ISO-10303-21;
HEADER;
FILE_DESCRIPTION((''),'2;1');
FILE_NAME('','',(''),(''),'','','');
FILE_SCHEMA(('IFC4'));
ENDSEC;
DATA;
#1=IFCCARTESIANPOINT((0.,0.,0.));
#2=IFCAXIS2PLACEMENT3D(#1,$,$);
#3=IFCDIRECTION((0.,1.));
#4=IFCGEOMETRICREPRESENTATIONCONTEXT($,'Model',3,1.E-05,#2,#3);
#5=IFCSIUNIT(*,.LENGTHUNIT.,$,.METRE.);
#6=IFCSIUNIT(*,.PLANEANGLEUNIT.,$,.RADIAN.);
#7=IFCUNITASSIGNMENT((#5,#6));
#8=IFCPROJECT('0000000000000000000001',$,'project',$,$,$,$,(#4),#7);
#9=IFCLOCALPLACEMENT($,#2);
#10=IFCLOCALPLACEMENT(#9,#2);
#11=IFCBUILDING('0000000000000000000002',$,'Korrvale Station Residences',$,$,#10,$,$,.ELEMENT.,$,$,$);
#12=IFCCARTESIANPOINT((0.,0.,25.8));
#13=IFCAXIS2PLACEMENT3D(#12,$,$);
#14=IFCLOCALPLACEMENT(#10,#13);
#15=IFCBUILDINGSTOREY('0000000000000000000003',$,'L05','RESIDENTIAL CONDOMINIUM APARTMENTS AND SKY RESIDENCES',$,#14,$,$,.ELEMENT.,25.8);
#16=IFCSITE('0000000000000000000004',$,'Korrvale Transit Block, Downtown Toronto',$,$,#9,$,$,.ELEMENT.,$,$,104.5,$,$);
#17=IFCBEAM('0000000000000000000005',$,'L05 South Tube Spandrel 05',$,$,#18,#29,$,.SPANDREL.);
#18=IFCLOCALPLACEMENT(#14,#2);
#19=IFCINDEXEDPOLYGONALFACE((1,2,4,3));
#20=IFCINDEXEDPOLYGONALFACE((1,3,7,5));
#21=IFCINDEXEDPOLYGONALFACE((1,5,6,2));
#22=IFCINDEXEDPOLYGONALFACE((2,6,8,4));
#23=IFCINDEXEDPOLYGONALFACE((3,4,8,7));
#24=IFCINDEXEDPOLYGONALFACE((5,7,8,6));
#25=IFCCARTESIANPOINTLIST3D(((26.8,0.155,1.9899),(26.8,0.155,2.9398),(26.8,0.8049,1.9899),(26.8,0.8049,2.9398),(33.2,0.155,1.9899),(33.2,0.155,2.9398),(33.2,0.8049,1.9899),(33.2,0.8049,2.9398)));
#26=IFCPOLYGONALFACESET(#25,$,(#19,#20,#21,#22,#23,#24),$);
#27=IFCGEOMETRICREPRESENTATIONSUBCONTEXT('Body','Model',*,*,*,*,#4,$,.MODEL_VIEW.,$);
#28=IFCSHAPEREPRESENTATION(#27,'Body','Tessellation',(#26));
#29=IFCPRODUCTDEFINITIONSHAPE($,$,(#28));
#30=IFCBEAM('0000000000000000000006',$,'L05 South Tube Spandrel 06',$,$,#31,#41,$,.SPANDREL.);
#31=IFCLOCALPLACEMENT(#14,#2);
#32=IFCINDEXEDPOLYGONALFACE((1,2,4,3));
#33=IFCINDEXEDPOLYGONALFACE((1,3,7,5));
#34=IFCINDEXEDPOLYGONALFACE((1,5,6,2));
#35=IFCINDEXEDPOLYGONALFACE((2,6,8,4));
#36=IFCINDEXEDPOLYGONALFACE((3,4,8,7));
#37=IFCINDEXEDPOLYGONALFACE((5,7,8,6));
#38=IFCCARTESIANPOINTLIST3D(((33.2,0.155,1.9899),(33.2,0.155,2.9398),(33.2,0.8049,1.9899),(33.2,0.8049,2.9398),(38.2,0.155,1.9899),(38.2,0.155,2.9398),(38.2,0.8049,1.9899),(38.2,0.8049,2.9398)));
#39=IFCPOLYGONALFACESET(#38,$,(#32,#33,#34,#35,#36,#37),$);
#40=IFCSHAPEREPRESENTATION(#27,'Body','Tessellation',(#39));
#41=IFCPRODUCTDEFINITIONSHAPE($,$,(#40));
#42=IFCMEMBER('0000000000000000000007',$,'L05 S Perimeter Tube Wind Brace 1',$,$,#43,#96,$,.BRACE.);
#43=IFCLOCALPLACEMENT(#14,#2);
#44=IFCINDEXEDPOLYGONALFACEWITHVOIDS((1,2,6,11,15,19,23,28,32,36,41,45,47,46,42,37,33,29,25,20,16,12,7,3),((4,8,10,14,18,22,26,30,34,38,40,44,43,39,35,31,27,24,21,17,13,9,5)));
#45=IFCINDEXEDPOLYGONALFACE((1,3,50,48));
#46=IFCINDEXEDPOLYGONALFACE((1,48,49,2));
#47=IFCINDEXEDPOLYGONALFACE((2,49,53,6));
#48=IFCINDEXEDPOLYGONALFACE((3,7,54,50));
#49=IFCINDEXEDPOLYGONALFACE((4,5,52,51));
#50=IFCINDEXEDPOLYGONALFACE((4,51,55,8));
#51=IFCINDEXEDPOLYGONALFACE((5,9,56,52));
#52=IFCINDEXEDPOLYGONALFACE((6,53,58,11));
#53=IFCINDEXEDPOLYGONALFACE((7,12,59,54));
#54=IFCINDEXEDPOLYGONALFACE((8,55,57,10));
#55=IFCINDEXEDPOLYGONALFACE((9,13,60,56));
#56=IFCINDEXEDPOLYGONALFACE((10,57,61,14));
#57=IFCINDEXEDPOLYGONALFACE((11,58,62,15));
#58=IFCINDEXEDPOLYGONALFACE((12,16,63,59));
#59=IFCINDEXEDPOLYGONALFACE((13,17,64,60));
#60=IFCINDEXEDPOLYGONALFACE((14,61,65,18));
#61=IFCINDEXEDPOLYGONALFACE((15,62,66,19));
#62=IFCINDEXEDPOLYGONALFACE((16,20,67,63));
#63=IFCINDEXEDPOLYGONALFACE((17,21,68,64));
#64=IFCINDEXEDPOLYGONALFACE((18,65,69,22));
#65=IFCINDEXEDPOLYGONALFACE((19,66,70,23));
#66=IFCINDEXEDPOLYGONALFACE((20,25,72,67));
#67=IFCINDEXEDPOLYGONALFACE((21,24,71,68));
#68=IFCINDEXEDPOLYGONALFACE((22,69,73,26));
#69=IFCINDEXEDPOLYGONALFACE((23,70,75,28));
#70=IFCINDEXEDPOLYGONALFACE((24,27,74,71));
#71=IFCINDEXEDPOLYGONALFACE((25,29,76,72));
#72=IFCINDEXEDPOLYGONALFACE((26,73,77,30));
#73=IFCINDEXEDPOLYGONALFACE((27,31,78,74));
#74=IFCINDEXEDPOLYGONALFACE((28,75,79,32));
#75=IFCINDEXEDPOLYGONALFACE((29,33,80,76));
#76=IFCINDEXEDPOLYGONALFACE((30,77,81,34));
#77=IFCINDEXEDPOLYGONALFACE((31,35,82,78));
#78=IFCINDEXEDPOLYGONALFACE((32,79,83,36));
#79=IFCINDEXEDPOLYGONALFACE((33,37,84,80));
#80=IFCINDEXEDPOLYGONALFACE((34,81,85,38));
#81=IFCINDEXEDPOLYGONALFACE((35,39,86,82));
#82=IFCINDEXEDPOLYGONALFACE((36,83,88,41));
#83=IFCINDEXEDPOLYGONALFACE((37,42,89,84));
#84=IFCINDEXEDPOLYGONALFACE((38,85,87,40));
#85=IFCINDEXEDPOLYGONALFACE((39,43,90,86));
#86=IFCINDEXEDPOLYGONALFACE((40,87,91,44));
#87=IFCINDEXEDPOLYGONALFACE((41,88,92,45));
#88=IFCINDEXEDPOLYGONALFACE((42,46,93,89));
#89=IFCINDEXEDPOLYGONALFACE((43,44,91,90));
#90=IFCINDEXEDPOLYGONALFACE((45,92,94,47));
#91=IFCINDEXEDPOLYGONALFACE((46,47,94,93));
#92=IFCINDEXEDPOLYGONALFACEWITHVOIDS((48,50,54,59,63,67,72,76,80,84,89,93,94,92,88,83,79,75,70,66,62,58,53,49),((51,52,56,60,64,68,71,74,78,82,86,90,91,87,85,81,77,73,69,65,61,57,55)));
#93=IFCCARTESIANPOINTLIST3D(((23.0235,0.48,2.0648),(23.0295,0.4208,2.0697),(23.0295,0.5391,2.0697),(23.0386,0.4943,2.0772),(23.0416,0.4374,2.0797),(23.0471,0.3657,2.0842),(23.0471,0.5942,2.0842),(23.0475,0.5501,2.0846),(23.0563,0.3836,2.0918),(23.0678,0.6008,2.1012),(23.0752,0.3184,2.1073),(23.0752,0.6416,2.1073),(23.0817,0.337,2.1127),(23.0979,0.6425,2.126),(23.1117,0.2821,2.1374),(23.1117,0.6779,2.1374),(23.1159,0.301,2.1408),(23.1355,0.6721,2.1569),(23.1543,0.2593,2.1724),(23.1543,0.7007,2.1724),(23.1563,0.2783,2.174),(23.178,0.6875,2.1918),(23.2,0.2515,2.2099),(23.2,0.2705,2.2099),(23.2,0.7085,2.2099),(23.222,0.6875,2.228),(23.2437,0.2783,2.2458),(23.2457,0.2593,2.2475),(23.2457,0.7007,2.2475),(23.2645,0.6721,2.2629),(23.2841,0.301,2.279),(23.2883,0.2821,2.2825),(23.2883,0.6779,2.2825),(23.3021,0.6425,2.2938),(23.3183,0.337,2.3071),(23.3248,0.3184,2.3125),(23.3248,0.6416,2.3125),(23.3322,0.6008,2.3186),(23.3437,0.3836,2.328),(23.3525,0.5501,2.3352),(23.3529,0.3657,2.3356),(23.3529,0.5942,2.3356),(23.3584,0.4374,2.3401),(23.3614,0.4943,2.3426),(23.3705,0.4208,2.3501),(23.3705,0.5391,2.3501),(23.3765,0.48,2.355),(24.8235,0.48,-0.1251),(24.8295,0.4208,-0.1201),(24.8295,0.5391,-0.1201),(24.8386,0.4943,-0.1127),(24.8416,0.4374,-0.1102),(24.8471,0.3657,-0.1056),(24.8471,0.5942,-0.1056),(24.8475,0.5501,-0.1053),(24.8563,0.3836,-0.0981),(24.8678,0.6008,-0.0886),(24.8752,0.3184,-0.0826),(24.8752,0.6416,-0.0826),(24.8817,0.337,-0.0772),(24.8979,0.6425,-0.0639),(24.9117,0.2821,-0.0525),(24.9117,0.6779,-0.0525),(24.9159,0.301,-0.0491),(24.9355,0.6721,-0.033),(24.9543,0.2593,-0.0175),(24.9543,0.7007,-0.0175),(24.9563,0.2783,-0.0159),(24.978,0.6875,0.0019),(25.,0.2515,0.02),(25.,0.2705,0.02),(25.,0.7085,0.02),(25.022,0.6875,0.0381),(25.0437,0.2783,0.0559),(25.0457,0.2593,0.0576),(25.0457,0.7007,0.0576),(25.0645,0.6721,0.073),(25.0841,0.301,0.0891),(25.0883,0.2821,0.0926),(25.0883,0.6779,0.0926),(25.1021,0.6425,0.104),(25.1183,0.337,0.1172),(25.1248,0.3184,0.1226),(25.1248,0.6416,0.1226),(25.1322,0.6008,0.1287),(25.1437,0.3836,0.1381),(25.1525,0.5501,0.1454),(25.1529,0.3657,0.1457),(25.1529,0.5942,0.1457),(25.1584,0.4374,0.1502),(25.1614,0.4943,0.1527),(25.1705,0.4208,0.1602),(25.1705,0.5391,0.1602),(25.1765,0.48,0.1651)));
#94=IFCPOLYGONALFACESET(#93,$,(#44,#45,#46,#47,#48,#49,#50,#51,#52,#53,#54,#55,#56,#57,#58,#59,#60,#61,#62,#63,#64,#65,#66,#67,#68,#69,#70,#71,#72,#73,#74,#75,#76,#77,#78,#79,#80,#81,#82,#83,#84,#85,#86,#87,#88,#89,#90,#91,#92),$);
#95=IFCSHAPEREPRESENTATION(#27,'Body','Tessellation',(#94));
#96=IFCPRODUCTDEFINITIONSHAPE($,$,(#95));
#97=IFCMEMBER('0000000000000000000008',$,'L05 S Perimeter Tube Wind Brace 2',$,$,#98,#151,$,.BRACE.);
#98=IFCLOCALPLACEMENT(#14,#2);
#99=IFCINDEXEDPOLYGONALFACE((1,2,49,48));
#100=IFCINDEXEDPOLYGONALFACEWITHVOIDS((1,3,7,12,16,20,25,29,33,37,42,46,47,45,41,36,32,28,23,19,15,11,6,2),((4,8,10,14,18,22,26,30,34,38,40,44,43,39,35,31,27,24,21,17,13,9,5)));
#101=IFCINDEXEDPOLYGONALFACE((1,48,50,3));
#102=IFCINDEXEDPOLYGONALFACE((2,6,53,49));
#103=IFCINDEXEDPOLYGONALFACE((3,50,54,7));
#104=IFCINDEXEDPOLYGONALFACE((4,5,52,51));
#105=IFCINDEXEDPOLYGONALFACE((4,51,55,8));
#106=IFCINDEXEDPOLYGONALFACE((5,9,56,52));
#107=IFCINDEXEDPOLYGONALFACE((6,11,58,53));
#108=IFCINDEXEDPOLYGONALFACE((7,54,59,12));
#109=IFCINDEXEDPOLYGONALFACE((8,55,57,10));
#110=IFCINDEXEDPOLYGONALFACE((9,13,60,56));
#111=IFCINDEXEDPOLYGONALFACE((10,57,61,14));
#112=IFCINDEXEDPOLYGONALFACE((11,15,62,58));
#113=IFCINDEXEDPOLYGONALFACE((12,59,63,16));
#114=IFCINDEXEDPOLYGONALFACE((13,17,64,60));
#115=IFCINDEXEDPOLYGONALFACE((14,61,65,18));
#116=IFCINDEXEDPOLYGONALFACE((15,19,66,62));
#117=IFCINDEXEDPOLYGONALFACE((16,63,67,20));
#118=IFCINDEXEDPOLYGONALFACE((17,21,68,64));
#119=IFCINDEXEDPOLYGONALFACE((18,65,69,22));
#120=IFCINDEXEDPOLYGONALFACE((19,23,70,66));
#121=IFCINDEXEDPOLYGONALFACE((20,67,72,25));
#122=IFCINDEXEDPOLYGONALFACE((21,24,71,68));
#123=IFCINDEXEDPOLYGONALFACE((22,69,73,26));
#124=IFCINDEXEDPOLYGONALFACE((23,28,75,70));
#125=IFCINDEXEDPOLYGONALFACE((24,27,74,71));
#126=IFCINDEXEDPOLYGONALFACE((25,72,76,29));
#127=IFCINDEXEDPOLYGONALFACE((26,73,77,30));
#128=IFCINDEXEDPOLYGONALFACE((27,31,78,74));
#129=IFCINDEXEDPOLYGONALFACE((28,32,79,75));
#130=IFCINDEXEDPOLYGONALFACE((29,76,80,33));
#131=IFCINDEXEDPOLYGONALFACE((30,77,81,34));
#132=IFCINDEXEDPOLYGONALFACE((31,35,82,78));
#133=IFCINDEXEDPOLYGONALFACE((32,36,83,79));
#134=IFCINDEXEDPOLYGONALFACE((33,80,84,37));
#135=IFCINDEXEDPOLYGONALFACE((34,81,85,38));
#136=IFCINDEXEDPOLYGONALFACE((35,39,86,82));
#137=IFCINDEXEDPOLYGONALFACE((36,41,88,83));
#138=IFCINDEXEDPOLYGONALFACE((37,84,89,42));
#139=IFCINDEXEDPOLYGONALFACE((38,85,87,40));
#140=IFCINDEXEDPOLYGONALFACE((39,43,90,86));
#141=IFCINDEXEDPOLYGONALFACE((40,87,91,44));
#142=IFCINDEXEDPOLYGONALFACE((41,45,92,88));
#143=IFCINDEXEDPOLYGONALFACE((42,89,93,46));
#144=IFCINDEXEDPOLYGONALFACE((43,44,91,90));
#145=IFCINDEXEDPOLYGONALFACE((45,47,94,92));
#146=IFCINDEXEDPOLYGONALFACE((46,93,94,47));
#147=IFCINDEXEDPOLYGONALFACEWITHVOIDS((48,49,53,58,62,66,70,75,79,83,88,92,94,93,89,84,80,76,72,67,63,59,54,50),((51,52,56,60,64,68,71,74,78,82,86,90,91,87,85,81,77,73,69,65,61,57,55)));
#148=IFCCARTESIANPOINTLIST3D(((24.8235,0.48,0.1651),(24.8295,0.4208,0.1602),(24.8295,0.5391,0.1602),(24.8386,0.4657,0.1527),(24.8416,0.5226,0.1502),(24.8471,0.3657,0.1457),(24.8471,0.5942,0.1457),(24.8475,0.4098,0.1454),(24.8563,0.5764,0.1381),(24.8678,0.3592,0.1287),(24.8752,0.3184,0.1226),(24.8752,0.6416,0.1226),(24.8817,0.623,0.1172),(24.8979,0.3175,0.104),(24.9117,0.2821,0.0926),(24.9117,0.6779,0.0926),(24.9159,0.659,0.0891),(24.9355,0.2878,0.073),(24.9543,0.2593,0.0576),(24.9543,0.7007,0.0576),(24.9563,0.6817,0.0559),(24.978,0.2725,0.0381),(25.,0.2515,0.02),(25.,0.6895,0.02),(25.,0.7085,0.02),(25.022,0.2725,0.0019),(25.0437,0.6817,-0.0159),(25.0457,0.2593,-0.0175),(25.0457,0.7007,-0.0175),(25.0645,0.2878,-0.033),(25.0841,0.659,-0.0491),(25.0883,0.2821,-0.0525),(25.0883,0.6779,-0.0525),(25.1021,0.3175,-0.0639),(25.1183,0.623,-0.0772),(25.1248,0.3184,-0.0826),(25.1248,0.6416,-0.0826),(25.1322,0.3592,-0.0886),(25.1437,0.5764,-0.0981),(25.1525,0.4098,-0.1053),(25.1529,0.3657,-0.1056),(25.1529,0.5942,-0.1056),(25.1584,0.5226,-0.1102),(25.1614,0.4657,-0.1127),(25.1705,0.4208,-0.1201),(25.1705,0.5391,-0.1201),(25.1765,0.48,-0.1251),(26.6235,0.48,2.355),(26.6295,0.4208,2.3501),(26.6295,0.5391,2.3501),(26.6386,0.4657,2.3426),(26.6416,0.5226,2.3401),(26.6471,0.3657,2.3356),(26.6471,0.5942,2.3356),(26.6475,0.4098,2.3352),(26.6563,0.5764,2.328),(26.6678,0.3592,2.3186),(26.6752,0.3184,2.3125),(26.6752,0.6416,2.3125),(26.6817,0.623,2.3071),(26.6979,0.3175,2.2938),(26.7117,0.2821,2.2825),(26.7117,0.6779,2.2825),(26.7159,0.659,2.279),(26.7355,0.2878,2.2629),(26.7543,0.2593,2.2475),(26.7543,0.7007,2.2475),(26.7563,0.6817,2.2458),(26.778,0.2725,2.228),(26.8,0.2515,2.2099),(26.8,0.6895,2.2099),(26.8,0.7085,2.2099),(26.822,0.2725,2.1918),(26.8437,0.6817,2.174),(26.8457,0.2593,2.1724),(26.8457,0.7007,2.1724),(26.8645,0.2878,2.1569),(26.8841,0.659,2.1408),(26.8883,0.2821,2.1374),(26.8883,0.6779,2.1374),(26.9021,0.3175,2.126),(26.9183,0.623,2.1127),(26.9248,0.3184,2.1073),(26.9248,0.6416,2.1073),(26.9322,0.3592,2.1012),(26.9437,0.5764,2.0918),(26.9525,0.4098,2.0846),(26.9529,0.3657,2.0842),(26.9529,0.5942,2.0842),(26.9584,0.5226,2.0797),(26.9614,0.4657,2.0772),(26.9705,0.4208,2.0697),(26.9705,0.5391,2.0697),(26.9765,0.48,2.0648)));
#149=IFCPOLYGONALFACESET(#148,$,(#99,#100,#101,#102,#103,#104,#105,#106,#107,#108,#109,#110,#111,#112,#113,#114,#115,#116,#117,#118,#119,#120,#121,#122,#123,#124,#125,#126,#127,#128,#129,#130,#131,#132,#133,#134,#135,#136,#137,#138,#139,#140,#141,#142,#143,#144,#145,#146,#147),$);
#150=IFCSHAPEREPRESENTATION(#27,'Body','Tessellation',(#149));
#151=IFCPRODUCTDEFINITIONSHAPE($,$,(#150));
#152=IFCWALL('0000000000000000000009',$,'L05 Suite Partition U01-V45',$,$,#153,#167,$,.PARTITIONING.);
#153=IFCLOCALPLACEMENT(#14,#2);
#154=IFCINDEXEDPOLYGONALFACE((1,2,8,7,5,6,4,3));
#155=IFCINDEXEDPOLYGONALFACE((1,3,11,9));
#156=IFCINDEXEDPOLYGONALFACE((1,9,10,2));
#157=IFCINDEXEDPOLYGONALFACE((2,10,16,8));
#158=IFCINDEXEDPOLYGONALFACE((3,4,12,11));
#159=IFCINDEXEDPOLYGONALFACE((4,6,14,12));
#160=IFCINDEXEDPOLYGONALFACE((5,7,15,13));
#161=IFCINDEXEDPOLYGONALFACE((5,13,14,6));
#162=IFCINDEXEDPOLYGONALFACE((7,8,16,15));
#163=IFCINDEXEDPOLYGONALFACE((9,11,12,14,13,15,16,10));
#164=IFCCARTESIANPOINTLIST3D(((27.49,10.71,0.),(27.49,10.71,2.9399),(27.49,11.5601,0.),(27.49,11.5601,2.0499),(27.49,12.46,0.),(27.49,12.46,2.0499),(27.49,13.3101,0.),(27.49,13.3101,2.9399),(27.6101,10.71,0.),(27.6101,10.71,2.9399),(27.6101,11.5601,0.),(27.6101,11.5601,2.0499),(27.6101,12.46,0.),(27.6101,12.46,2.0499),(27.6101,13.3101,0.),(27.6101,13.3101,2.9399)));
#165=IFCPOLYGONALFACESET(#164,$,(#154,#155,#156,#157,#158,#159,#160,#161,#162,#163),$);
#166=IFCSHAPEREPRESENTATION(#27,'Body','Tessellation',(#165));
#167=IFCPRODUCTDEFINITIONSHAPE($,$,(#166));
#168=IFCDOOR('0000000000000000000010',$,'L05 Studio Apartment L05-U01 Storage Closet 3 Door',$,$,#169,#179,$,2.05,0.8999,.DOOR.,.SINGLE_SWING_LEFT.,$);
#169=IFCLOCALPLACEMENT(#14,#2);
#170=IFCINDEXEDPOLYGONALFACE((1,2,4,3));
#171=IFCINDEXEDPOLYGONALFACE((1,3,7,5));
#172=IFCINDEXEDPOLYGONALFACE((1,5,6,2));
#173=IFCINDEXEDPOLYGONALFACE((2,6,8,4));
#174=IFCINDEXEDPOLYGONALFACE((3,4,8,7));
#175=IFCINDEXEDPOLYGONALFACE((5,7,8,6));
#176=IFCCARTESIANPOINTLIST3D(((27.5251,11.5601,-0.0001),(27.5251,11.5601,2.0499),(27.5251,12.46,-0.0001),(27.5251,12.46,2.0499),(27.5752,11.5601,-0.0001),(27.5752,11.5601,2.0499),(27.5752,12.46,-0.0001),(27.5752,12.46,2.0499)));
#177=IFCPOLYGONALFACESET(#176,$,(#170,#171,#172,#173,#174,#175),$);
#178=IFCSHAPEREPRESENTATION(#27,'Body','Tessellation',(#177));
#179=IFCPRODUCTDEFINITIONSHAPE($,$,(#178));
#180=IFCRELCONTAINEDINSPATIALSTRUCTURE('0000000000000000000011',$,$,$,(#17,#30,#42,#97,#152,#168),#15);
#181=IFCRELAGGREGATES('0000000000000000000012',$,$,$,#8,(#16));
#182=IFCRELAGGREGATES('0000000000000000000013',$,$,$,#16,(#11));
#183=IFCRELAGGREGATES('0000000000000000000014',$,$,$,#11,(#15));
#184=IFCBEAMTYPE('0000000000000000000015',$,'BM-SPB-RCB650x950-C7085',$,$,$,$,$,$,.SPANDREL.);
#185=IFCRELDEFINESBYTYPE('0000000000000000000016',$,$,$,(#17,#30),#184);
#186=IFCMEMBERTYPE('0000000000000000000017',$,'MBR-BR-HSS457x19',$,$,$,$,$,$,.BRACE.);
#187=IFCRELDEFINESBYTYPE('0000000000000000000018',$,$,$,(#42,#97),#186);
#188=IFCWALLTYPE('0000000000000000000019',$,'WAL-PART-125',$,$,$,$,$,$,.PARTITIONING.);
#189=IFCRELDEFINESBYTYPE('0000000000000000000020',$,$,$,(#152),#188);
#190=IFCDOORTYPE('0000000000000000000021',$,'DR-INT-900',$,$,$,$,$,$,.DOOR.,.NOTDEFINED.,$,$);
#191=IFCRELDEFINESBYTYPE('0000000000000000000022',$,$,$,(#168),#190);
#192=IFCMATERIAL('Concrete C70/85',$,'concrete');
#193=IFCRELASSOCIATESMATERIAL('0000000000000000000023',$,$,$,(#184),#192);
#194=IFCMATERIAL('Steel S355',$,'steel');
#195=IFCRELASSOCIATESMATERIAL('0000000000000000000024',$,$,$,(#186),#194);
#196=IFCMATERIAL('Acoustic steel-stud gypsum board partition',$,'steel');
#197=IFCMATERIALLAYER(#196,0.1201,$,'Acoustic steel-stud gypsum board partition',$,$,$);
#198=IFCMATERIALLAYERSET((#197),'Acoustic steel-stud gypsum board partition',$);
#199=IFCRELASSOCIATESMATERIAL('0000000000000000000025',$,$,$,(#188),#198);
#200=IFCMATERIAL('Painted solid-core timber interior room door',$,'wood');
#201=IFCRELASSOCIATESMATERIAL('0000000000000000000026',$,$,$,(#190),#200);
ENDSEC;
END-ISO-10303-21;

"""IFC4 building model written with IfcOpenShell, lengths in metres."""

from ifc_helpers import new_model, si_unit, direction, frame, frame_2d, origin, origin_2d, place, context, subcontext, project, spatial, rectangle, hollow_circle, extrude, material, layer, layer_set, material_profile, profile_set, type_object, element, fill, save


model = new_model("IFC4")

# Units and contexts
model_context = context("Model", 3, precision=1e-05, world=origin(), true_north=direction((0.0, 1.0)))
body_context = subcontext(model_context, "Body", "Model", "MODEL_VIEW")
ifc_project = project(units=[si_unit("LENGTHUNIT", "METRE"), si_unit("PLANEANGLEUNIT", "RADIAN")], contexts=[model_context])

# Site, building, storey
site_placement = place(None, origin())
site = spatial("IfcSite", under=ifc_project, at=site_placement, Name="Korrvale Transit Block, Downtown Toronto", CompositionType="ELEMENT", RefElevation=104.5)
building_placement = place(site_placement, origin())
building = spatial("IfcBuilding", under=site, at=building_placement, Name="Korrvale Station Residences", CompositionType="ELEMENT")
storey_placement = place(building_placement, frame((0.0, 0.0, 25.8)))
storey = spatial("IfcBuildingStorey", under=building, at=storey_placement, Name="L05", Description="RESIDENTIAL CONDOMINIUM APARTMENTS AND SKY RESIDENCES", CompositionType="ELEMENT", Elevation=25.8)

# Shared definitions
ifc_material_1 = material(Name="Concrete C70/85", Category="concrete")

# Beams
ifc_material_2 = material(Name="Steel S355", Category="steel")
ifc_material_profile_1 = material_profile(ifc_material_1, rectangle(XDim=0.6499, YDim=0.95, at=origin_2d()), Name="RCB650x950")
ifc_profile_set_1 = profile_set([ifc_material_profile_1], Name="Concrete C70/85")
beam_type_1 = type_object("IfcBeamType", Name="BM-SPB-RCB650x950-C7085", PredefinedType="SPANDREL", material=ifc_profile_set_1)
beam_1_placement = place(storey_placement, frame((26.8, 0.48, 2.4648), z_axis=(1.0, 0.0, 0.0), x_axis=(0.0, 1.0, 0.0)))
element("IfcBeam", 1, at=beam_1_placement, inside=storey, type_object=beam_type_1, Name="L05 South Tube Spandrel 05", PredefinedType="SPANDREL", context=body_context, shape_type="SweptSolid", body=[
    extrude(rectangle(XDim=0.6499, YDim=0.95, at=origin_2d()), origin(), (0.0, 0.0, 1.0), 6.3999),
])
beam_2_placement = place(storey_placement, frame((33.2, 0.48, 2.4648), z_axis=(1.0, 0.0, 0.0), x_axis=(0.0, 1.0, 0.0)))
element("IfcBeam", 2, at=beam_2_placement, inside=storey, type_object=beam_type_1, Name="L05 South Tube Spandrel 06", PredefinedType="SPANDREL", context=body_context, shape_type="SweptSolid", body=[
    extrude(rectangle(XDim=0.6499, YDim=0.95, at=origin_2d()), origin(), (0.0, 0.0, 1.0), 5.0),
])

# Members
ifc_material_profile_2 = material_profile(ifc_material_2, hollow_circle(Radius=0.2285, WallThickness=0.019, at=origin_2d()), Name="HSS457x19")
ifc_profile_set_2 = profile_set([ifc_material_profile_2], Name="Steel S355")
member_type = type_object("IfcMemberType", Name="MBR-BR-HSS457x19", PredefinedType="BRACE", material=ifc_profile_set_2)
for number, where, z_axis, x_axis, name in (
    (3, (25.0, 0.48, 0.02), (-0.634985, 0.0, 0.772524), (0.0, -1.0, 0.0), "L05 S Perimeter Tube Wind Brace 1"),
    (4, (25.0, 0.48, 0.02), (0.634985, 0.0, 0.772524), (0.0, 1.0, 0.0), "L05 S Perimeter Tube Wind Brace 2"),
):
    element("IfcMember", number, at=place(storey_placement, frame(where, z_axis=z_axis, x_axis=x_axis)), inside=storey, type_object=member_type, Name=name, PredefinedType="BRACE", context=body_context, shape_type="SweptSolid", body=[
        extrude(hollow_circle(Radius=0.2285, WallThickness=0.019, at=origin_2d()), origin(), (0.0, 0.0, 1.0), 2.8347),
    ])

# Wall, opening, door
ifc_material_3 = material(Name="Acoustic steel-stud gypsum board partition", Category="steel")
ifc_layer_1 = layer(ifc_material_3, 0.1201, Name="Acoustic steel-stud gypsum board partition")
ifc_layer_set_1 = layer_set([ifc_layer_1], Name="Acoustic steel-stud gypsum board partition")
wall_type = type_object("IfcWallType", Name="WAL-PART-125", PredefinedType="PARTITIONING", material=ifc_layer_set_1)
wall_1_placement = place(storey_placement, frame((27.55, 10.71, 0.0), z_axis=(0.0, 0.0, 1.0), x_axis=(0.0, 1.0, 0.0)))
wall_1 = element("IfcWall", 5, at=wall_1_placement, inside=storey, type_object=wall_type, Name="L05 Suite Partition U01-V45", PredefinedType="PARTITIONING", context=body_context, shape_type="SweptSolid", body=[
    extrude(rectangle(XDim=2.6001, YDim=0.1201, at=frame_2d((1.3, 0.0))), origin(), (0.0, 0.0, 1.0), 2.9399),
])
opening_1_placement = place(wall_1_placement, frame((0.8501, 0.0, 0.0)))
opening_1 = element("IfcOpeningElement", 6, at=opening_1_placement, cuts=wall_1, PredefinedType="OPENING", context=body_context, shape_type="SweptSolid", body=[
    extrude(rectangle(XDim=0.8999, YDim=2.05, at=frame_2d((0.45, 1.0249))), frame((0.0, 0.0701, 0.0), z_axis=(0.0, -1.0, 0.0), x_axis=(1.0, 0.0, 0.0)), (0.0, 0.0, 1.0), 0.1401),
])
ifc_material_4 = material(Name="Painted solid-core timber interior room door", Category="wood")
door_type = type_object("IfcDoorType", Name="DR-INT-900", OperationType="NOTDEFINED", PredefinedType="DOOR", material=ifc_material_4)
door_1_placement = place(opening_1_placement, origin())
door_1 = element("IfcDoor", 7, at=door_1_placement, inside=storey, type_object=door_type, Name="L05 Studio Apartment L05-U01 Storage Closet 3 Door", OperationType="SINGLE_SWING_LEFT", OverallHeight=2.05, OverallWidth=0.8999, PredefinedType="DOOR", context=body_context, shape_type="SweptSolid", body=[
    extrude(rectangle(XDim=0.8999, YDim=2.05, at=frame_2d((0.45, 1.0249))), frame((0.0, 0.0249, 0.0), z_axis=(0.0, -1.0, 0.0), x_axis=(1.0, 0.0, 0.0)), (0.0, 0.0, 1.0), 0.05),
])
fill(opening_1, door_1)

save(model, "model.ifc")
